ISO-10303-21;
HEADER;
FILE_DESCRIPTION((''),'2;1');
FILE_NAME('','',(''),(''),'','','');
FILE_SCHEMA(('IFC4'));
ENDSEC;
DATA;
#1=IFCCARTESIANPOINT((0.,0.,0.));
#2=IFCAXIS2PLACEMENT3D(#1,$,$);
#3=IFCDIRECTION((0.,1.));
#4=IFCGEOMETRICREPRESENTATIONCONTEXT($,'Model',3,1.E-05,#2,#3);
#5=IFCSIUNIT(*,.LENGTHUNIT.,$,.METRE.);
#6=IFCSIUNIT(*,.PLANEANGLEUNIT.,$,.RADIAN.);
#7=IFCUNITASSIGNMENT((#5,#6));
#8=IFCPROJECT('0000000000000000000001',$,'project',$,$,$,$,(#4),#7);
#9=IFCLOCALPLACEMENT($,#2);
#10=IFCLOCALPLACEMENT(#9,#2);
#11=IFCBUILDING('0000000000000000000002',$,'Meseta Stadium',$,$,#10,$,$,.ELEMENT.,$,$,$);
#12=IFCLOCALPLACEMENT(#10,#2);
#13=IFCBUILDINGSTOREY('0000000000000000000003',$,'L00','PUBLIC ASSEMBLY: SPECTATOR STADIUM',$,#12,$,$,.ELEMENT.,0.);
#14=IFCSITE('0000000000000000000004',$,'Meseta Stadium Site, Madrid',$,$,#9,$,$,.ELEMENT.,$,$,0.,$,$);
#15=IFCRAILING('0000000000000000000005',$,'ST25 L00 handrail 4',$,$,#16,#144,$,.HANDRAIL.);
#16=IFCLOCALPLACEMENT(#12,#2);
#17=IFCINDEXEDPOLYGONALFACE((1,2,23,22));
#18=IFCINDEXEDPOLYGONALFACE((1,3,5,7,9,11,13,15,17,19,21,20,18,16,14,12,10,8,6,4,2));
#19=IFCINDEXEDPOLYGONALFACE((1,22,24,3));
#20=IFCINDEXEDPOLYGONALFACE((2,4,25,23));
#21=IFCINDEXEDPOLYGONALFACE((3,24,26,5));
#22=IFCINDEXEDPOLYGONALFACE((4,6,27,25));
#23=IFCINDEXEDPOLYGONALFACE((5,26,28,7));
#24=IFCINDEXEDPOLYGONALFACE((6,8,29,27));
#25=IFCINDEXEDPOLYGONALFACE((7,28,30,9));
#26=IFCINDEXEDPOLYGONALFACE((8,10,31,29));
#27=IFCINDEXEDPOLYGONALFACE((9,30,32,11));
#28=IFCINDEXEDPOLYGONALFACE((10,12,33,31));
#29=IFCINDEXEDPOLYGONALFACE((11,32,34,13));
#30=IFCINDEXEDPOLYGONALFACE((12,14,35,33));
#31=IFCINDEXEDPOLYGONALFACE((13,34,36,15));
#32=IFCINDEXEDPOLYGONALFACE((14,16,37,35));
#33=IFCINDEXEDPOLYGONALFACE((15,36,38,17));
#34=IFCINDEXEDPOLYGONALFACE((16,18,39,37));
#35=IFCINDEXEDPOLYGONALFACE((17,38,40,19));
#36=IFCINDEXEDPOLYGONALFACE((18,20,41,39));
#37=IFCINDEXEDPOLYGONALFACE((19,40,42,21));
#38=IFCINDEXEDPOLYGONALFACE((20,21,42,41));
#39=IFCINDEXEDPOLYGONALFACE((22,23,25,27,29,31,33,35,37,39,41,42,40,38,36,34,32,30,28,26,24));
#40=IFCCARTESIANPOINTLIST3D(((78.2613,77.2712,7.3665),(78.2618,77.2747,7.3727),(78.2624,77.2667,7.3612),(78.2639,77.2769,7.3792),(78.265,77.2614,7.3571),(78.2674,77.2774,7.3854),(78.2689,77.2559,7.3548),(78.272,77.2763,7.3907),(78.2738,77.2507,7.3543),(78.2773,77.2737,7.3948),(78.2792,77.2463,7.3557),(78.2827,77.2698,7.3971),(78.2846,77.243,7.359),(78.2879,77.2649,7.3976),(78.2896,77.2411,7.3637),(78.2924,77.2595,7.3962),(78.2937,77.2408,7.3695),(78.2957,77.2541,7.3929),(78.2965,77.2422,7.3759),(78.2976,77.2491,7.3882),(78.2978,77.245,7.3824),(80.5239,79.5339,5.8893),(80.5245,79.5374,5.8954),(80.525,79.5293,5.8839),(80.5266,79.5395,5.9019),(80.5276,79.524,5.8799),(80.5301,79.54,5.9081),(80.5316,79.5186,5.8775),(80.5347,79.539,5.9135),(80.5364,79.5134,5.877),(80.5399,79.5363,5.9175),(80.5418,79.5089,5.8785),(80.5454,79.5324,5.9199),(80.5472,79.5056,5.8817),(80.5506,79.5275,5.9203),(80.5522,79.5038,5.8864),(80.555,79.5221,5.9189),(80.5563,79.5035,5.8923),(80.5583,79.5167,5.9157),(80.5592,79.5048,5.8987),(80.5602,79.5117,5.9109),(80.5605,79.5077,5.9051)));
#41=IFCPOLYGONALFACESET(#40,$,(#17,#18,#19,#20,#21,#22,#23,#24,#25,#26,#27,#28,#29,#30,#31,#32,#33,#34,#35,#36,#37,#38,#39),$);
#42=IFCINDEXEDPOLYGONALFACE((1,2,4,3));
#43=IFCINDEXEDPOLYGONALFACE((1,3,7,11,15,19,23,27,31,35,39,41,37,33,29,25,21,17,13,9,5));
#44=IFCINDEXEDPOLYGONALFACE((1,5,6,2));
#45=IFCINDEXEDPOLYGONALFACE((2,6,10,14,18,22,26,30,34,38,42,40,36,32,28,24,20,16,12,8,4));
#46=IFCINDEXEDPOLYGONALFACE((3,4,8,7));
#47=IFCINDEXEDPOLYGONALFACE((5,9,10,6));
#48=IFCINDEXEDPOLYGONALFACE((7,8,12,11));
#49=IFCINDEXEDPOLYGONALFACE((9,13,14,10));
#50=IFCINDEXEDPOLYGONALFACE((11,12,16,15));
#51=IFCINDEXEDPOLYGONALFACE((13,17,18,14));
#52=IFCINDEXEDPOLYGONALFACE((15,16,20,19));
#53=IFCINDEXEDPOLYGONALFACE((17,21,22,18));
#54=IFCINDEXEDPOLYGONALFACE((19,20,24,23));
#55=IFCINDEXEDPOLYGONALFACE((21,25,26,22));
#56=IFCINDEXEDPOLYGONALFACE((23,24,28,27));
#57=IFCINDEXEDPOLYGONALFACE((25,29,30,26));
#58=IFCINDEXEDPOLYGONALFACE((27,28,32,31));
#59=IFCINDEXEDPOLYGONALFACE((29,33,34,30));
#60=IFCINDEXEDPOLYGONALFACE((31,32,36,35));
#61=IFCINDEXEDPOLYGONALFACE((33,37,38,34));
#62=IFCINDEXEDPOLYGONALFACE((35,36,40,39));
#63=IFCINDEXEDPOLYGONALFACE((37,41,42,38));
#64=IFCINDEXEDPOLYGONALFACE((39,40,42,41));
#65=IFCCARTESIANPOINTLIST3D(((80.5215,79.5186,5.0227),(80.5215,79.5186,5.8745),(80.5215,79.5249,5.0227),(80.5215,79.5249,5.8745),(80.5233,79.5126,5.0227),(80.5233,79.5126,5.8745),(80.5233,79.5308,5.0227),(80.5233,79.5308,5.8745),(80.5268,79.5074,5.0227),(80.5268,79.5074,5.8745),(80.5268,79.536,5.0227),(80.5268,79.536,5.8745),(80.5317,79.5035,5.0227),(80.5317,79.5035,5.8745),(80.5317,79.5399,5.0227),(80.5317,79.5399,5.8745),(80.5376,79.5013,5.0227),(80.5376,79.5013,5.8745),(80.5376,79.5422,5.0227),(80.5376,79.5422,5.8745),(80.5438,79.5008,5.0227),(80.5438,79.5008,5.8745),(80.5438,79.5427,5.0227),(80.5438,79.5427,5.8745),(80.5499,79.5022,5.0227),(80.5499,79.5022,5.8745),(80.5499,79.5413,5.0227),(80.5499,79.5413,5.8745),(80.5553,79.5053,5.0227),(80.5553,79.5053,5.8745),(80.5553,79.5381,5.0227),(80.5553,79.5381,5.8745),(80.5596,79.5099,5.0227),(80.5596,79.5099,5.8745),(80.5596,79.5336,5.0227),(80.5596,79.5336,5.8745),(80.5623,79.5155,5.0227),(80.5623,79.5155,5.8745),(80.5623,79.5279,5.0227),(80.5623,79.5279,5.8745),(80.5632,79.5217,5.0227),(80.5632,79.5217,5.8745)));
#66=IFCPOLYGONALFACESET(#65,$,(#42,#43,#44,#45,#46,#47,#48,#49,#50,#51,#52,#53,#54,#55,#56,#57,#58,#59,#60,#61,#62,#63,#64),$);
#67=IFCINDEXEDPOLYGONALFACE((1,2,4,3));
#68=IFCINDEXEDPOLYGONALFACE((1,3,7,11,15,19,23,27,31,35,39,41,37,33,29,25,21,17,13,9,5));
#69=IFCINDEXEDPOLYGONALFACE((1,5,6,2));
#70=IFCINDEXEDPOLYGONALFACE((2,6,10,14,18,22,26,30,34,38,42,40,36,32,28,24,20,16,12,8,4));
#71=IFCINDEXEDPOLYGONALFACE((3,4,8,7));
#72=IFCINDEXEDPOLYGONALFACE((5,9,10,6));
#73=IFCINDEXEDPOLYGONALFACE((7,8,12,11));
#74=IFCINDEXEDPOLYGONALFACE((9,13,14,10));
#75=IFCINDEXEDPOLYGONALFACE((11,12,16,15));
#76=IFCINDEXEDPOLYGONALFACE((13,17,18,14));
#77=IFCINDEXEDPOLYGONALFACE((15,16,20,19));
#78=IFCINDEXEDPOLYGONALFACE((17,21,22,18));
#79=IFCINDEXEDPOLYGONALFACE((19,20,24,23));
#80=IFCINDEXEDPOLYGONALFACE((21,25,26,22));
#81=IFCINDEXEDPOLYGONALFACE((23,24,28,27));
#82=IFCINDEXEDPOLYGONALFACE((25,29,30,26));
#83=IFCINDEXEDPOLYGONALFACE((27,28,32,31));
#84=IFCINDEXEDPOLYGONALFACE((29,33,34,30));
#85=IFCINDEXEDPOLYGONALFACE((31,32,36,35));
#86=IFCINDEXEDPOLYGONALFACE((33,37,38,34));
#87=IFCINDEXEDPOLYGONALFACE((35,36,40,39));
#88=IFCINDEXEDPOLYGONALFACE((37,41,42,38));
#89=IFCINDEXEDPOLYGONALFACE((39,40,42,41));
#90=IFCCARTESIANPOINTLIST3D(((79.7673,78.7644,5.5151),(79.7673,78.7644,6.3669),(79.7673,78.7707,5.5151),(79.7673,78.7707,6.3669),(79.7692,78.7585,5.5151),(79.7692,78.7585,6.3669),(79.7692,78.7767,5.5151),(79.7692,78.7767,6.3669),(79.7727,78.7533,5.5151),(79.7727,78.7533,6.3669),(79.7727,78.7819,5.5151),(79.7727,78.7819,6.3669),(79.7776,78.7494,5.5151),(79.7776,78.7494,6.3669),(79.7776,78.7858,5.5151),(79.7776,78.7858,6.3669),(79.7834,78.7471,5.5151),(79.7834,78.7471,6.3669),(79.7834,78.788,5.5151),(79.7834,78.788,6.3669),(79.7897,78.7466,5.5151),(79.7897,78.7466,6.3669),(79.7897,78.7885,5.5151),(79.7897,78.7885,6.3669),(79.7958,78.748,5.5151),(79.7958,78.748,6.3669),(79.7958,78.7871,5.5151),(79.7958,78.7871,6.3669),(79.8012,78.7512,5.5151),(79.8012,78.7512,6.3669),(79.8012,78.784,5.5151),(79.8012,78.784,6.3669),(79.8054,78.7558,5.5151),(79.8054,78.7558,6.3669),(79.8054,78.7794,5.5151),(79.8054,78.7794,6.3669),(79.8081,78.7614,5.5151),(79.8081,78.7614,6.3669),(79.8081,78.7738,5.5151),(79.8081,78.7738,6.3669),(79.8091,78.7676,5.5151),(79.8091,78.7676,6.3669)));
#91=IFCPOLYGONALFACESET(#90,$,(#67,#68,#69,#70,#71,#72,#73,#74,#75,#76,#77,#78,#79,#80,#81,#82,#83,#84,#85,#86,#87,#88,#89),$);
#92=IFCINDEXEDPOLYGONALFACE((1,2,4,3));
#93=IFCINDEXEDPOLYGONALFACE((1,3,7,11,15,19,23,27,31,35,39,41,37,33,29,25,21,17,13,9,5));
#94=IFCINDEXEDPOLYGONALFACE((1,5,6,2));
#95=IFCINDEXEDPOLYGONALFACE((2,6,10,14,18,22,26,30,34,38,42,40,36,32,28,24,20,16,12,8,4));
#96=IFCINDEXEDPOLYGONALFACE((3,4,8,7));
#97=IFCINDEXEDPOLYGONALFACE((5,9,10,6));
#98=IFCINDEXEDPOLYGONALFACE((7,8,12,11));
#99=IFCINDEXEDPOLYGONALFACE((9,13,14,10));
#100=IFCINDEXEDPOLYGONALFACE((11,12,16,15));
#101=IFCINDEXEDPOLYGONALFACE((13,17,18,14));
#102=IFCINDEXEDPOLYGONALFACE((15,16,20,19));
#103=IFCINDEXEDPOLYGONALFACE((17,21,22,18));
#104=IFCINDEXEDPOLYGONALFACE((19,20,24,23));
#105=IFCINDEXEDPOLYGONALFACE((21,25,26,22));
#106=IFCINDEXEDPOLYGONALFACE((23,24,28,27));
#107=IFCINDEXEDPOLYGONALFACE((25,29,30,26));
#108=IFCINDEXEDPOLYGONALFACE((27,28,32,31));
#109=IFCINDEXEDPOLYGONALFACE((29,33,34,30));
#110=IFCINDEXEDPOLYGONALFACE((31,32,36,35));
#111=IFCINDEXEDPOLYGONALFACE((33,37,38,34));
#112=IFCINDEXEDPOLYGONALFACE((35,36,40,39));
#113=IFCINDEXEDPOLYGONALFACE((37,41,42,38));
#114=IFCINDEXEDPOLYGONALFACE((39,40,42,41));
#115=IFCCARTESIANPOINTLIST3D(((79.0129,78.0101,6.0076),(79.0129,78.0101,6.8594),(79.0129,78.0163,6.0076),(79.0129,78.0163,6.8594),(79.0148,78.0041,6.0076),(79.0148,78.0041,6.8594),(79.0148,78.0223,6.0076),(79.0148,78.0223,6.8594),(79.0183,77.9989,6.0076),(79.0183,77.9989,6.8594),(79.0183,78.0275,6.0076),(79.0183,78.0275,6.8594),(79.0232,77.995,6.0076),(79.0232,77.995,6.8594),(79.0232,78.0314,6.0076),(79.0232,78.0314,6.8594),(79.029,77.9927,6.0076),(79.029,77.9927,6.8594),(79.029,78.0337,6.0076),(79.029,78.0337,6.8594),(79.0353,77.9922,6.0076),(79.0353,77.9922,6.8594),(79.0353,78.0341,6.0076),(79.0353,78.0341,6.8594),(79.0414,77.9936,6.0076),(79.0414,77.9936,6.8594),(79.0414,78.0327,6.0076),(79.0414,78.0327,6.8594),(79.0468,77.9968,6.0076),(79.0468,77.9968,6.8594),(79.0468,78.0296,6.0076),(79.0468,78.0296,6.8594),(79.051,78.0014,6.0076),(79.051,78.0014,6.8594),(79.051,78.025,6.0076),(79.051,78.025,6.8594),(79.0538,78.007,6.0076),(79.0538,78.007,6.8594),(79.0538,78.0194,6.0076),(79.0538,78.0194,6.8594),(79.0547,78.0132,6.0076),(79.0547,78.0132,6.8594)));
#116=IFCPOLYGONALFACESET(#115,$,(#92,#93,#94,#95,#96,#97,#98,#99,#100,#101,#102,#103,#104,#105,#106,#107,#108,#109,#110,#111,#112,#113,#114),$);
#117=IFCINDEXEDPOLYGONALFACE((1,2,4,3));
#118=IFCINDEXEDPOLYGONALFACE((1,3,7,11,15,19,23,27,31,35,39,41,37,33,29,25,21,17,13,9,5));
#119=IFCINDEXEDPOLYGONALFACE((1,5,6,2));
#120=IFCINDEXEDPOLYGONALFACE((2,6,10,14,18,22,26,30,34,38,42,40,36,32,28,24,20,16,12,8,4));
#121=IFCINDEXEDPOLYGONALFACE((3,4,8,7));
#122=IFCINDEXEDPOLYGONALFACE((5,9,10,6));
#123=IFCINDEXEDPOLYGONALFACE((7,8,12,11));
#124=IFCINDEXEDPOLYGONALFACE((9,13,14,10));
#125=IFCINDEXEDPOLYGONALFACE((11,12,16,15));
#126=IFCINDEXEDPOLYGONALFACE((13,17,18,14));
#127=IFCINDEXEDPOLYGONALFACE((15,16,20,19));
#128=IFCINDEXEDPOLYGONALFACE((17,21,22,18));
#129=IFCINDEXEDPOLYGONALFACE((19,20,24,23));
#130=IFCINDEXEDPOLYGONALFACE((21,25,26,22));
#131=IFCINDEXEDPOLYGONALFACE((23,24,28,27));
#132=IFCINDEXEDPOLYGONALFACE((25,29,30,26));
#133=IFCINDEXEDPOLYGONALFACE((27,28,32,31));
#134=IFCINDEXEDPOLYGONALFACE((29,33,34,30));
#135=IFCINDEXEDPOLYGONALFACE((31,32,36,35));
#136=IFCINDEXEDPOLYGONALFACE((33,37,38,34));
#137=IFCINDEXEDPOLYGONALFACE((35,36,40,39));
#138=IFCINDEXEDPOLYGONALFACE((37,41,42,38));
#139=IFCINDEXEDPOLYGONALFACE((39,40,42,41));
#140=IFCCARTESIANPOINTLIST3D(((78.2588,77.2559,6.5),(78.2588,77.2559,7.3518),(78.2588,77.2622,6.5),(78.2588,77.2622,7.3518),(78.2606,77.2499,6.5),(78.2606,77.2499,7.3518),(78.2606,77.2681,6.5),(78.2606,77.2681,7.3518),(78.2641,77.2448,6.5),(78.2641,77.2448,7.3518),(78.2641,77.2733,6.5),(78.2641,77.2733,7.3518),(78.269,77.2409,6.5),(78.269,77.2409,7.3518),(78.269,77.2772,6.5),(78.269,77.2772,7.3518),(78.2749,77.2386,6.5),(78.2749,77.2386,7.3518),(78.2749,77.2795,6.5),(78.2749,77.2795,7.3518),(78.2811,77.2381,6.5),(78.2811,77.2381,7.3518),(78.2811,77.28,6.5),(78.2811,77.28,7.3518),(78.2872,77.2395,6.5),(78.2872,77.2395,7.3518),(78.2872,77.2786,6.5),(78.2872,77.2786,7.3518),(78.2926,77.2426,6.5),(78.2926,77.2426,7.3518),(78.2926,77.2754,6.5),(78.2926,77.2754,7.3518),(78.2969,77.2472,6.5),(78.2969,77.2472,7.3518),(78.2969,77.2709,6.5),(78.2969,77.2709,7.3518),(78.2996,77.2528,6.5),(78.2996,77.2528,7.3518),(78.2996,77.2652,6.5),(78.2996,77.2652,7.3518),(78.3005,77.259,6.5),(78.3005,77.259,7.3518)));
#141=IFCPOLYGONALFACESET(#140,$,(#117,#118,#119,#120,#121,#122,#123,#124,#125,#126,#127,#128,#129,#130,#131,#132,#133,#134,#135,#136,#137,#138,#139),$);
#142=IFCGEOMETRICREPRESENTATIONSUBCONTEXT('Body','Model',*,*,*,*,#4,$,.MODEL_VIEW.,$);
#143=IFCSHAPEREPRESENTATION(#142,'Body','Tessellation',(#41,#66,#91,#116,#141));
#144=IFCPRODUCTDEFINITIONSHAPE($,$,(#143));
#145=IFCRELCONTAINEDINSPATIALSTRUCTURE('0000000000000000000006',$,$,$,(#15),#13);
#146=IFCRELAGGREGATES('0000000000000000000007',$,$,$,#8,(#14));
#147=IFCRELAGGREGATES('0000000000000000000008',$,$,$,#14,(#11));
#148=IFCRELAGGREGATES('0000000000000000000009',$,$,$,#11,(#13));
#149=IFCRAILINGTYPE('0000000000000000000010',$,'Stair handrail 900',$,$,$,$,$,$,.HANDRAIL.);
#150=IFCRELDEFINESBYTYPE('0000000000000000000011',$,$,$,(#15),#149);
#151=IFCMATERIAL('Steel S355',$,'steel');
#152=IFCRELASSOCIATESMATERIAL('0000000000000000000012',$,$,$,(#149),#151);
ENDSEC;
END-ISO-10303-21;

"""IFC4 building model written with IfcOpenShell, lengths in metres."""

from ifc_helpers import new_model, si_unit, direction, frame, origin, origin_2d, place, context, subcontext, project, spatial, circle, extrude, material, type_object, element, save


model = new_model("IFC4")

# Units and contexts
model_context = context("Model", 3, precision=1e-05, world=origin(), true_north=direction((0.0, 1.0)))
body_context = subcontext(model_context, "Body", "Model", "MODEL_VIEW")
ifc_project = project(units=[si_unit("LENGTHUNIT", "METRE"), si_unit("PLANEANGLEUNIT", "RADIAN")], contexts=[model_context])

# Site, building, storey
site_placement = place(None, origin())
site = spatial("IfcSite", under=ifc_project, at=site_placement, Name="Meseta Stadium Site, Madrid", CompositionType="ELEMENT", RefElevation=0.0)
building_placement = place(site_placement, origin())
building = spatial("IfcBuilding", under=site, at=building_placement, Name="Meseta Stadium", CompositionType="ELEMENT")
storey_placement = place(building_placement, origin())
storey = spatial("IfcBuildingStorey", under=building, at=storey_placement, Name="L00", Description="PUBLIC ASSEMBLY: SPECTATOR STADIUM", CompositionType="ELEMENT", Elevation=0.0)

# Railing
ifc_material_1 = material(Name="Steel S355", Category="steel")
railing_type_1 = type_object("IfcRailingType", Name="Stair handrail 900", PredefinedType="HANDRAIL", material=ifc_material_1)
for number, where, name in (
    (1, (80.5422, 79.5217, 5.0227), "ST25 L00 handrail 4"),
):
    element("IfcRailing", number, at=place(storey_placement, frame(where)), inside=storey, type_object=railing_type_1, Name=name, PredefinedType="HANDRAIL", context=body_context, shape_type="SweptSolid", body=[
        extrude(circle(Radius=0.0239, at=origin_2d()), frame((0.0, 0.0, 0.876), z_axis=(-0.641994, -0.641994, 0.419152), x_axis=(0.707107, -0.707107, 0.0)), (0.0, 0.0, 1.0), 3.5244),
        extrude(circle(Radius=0.021, at=origin_2d()), origin(), (0.0, 0.0, 1.0), 0.8518),
        extrude(circle(Radius=0.021, at=origin_2d()), frame((-0.7542, -0.7542, 0.4924)), (0.0, 0.0, 1.0), 0.8518),
        extrude(circle(Radius=0.021, at=origin_2d()), frame((-1.5085, -1.5085, 0.9849)), (0.0, 0.0, 1.0), 0.8518),
        extrude(circle(Radius=0.021, at=origin_2d()), frame((-2.2627, -2.2627, 1.4773)), (0.0, 0.0, 1.0), 0.8518),
    ])

save(model, "model.ifc")
